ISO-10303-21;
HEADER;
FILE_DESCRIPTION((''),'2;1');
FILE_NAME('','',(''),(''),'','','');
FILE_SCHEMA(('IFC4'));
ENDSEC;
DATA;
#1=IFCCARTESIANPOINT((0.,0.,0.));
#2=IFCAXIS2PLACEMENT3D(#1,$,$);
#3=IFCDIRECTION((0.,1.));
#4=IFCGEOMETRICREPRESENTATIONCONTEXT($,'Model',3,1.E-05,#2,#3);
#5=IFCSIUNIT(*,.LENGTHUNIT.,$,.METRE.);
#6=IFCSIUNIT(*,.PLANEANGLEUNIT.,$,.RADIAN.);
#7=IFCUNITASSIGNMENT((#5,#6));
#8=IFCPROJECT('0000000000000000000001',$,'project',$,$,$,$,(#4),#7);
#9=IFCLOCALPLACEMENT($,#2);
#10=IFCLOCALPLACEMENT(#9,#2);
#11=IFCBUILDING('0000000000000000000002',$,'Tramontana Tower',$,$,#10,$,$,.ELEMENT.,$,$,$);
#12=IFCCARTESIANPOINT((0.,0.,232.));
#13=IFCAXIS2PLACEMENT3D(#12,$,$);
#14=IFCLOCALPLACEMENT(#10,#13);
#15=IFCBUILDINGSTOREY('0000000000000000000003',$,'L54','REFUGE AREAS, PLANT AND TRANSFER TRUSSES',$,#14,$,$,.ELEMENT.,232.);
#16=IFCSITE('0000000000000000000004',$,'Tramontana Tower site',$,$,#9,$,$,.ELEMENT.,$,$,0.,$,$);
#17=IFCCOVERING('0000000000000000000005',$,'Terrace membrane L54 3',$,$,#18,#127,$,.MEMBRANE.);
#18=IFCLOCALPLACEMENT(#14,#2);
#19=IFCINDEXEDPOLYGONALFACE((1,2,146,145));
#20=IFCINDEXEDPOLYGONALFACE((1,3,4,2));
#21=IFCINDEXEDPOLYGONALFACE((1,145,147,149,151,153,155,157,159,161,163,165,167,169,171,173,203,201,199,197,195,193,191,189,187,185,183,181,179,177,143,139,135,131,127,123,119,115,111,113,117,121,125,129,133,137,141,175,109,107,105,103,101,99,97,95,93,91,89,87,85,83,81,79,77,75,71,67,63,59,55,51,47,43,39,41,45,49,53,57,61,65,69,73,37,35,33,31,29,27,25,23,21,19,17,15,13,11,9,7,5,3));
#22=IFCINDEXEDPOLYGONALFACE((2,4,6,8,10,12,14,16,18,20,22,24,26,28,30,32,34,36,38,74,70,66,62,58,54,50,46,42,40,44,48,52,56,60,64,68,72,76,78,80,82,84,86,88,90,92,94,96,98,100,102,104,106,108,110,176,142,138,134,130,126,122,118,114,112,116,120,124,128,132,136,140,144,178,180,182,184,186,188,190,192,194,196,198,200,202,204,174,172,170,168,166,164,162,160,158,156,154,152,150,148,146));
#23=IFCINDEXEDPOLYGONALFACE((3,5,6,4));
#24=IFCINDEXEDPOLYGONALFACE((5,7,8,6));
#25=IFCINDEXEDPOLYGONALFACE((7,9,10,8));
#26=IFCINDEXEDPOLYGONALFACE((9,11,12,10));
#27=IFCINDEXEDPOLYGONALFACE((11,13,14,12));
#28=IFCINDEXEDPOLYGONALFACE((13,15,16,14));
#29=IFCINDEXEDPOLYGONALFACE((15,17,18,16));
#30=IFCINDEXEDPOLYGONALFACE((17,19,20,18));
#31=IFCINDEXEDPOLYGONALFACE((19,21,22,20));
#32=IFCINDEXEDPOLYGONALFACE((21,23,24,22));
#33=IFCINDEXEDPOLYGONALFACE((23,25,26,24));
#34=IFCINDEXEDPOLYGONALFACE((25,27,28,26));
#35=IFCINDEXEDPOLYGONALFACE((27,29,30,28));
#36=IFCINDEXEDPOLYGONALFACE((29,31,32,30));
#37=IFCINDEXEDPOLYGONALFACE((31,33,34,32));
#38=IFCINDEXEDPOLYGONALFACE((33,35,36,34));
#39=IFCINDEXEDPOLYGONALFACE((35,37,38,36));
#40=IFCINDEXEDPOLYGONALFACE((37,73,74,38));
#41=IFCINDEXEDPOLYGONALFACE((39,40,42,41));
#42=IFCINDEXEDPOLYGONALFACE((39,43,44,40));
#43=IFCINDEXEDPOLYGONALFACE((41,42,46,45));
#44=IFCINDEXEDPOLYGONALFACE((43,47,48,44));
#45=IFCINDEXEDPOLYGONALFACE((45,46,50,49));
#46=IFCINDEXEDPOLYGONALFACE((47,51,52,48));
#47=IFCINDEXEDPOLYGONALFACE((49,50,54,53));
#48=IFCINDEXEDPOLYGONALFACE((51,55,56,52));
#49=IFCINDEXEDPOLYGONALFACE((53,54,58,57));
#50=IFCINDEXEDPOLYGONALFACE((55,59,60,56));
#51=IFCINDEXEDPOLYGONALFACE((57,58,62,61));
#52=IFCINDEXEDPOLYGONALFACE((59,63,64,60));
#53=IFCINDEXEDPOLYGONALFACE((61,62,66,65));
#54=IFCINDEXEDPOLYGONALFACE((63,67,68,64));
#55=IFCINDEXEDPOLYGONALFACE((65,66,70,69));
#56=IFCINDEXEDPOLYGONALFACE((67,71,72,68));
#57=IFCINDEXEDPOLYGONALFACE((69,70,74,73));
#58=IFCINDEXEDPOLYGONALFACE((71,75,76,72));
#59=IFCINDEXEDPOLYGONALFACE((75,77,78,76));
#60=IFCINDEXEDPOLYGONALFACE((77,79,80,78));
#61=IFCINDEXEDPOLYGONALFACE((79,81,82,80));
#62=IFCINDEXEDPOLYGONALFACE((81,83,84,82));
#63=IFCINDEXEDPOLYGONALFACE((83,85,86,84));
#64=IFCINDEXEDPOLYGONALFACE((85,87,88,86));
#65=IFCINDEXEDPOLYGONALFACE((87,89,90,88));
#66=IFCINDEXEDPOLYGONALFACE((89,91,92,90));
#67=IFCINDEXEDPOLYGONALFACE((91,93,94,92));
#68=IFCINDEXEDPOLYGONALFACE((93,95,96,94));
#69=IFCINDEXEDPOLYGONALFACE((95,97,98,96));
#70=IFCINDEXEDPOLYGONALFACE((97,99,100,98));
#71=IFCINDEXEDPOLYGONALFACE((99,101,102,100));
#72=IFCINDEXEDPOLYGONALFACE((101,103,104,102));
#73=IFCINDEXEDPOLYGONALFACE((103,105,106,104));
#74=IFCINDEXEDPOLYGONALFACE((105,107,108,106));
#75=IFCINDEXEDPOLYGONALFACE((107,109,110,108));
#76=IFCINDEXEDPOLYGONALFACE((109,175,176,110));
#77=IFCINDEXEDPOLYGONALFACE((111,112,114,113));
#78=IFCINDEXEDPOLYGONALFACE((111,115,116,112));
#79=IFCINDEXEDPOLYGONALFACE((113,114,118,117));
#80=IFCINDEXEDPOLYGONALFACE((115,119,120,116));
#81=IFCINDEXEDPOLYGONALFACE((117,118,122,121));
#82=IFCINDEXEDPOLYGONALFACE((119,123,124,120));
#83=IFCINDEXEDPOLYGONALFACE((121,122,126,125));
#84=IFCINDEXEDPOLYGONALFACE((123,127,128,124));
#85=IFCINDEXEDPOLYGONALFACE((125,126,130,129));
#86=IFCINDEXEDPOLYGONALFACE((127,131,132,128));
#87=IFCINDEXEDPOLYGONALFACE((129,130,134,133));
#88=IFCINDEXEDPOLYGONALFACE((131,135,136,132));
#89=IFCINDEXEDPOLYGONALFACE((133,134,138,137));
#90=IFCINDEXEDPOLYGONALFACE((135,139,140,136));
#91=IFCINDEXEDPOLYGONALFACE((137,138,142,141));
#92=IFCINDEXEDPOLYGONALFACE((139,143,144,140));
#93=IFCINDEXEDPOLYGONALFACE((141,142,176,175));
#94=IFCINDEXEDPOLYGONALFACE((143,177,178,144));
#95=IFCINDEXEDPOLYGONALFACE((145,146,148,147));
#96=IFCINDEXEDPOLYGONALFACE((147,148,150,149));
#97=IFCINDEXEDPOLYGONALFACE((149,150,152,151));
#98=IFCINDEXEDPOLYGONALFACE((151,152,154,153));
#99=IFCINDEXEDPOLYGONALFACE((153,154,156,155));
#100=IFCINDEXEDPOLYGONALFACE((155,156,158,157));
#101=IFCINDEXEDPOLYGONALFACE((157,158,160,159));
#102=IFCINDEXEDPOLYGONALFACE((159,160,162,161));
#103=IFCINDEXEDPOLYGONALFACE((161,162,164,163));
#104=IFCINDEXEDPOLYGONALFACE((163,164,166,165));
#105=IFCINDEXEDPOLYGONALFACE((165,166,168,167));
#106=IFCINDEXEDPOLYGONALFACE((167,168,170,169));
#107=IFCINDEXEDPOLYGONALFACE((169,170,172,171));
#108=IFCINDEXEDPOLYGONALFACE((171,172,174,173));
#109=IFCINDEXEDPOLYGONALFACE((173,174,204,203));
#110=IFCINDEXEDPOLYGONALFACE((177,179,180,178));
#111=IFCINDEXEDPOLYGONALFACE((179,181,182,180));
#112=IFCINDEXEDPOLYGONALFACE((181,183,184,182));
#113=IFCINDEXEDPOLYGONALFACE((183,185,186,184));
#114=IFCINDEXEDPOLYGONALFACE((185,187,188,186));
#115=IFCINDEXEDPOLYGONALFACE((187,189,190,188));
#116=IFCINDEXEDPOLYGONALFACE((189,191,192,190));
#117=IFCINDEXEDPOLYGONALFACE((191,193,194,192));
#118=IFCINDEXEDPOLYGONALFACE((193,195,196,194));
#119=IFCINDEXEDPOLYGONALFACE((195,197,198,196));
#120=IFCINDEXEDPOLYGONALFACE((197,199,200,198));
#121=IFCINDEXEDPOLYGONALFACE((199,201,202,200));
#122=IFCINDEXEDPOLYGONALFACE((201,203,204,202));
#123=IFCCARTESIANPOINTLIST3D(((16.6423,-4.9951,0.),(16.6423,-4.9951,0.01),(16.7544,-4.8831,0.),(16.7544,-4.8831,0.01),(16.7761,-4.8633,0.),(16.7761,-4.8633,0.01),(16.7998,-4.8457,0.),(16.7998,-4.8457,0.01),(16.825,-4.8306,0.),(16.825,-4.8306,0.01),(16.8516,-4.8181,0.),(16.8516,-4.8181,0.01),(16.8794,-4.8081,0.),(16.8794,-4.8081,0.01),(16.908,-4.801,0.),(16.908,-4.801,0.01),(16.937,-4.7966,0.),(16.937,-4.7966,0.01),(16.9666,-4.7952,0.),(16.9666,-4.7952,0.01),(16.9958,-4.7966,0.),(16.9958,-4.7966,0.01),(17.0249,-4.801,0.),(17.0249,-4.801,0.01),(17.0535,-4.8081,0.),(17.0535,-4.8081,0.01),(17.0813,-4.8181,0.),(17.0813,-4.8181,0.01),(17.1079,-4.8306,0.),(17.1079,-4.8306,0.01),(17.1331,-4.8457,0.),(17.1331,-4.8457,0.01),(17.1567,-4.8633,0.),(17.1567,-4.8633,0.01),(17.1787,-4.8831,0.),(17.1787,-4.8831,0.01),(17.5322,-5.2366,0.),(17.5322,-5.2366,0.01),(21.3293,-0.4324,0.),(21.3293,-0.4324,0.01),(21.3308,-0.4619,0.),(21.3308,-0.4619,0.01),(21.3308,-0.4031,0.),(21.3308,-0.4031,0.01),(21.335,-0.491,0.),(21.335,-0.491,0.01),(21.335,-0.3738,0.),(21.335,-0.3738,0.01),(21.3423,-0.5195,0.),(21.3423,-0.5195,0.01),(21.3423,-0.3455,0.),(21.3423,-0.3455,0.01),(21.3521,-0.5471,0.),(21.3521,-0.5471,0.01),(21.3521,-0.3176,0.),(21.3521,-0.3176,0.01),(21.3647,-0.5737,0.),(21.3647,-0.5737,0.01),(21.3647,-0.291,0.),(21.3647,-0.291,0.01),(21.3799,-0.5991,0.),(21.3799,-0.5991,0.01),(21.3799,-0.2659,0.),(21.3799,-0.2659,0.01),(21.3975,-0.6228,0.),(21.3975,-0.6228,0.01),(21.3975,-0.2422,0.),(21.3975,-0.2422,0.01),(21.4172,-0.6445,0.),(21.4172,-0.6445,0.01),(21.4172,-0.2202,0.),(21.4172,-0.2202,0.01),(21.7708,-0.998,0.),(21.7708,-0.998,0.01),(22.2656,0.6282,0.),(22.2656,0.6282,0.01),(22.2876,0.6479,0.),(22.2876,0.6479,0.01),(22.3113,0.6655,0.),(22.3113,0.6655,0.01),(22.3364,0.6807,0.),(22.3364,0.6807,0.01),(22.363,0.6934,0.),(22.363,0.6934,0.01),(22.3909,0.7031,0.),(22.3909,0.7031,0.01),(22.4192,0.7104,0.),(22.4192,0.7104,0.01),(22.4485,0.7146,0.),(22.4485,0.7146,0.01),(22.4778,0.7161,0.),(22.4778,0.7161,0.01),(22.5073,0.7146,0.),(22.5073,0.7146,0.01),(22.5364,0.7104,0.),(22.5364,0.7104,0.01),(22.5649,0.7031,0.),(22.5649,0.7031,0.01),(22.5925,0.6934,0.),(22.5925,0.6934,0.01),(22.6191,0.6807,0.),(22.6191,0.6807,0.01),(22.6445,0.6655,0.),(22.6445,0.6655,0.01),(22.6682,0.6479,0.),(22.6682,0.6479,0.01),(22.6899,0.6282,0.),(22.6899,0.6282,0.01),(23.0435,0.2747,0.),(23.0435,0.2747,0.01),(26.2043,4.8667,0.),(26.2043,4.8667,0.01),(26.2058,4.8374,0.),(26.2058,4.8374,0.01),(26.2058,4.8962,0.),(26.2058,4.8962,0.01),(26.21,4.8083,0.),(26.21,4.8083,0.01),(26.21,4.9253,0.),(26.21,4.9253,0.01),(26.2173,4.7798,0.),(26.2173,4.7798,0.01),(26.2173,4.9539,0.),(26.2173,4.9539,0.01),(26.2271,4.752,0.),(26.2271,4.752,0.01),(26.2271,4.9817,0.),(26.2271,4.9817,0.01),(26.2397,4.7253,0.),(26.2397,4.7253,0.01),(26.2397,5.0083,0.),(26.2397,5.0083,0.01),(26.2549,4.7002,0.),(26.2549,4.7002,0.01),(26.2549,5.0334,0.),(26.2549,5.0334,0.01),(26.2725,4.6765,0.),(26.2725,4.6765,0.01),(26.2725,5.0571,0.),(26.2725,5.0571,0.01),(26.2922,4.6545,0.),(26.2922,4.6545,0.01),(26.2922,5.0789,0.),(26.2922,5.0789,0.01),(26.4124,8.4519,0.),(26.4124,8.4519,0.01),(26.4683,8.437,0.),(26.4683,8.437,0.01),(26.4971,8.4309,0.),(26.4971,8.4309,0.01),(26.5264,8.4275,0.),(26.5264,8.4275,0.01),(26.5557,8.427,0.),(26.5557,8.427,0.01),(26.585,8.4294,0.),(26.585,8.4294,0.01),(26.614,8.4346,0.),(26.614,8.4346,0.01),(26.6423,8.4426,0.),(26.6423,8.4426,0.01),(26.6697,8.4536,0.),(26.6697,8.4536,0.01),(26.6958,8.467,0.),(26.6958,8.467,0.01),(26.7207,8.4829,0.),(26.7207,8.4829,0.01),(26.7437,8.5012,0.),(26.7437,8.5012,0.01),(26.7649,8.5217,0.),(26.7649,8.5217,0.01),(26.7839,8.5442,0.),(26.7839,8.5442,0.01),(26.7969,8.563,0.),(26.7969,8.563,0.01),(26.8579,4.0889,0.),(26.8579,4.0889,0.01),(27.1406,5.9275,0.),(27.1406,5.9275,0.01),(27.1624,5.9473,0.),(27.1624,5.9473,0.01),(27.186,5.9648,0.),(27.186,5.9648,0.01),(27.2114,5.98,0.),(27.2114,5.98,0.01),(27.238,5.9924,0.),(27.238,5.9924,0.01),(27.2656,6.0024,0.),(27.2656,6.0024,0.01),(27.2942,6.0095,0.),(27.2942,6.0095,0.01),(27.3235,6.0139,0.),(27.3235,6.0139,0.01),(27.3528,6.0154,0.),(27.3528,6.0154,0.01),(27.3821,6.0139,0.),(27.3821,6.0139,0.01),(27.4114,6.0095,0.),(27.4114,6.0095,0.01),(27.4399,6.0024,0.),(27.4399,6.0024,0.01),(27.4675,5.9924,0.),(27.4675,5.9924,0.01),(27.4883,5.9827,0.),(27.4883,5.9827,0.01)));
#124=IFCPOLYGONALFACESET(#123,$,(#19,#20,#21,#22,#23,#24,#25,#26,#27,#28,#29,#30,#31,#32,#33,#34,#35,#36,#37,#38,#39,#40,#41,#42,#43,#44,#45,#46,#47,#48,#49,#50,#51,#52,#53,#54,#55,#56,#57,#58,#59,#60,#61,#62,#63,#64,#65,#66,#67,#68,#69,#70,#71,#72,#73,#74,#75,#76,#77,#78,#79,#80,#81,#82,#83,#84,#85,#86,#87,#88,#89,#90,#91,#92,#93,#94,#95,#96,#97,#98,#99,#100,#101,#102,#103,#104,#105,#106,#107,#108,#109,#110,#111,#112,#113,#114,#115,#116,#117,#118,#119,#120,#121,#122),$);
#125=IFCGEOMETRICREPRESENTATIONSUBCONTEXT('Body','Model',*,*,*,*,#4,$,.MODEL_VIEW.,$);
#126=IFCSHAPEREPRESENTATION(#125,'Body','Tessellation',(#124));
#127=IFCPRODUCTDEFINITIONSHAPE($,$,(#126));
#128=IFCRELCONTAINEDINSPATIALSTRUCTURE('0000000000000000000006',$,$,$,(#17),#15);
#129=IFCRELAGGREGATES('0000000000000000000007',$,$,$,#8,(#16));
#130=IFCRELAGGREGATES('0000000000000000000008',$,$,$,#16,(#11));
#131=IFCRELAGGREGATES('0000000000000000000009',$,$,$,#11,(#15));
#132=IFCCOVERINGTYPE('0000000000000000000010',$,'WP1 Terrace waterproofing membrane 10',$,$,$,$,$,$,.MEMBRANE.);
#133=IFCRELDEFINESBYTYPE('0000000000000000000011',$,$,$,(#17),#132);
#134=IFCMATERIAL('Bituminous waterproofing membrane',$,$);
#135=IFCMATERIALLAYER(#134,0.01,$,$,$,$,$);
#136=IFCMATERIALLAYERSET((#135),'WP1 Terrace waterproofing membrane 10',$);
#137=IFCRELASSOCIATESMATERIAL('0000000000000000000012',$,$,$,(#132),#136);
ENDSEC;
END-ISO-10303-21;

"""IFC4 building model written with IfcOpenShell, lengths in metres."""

from ifc_helpers import new_model, si_unit, direction, frame, origin, place, context, subcontext, project, spatial, polyline, outline, extrude, material, layer, layer_set, type_object, element, save


model = new_model("IFC4")

# Units and contexts
model_context = context("Model", 3, precision=1e-05, world=origin(), true_north=direction((0.0, 1.0)))
body_context = subcontext(model_context, "Body", "Model", "MODEL_VIEW")
ifc_project = project(units=[si_unit("LENGTHUNIT", "METRE"), si_unit("PLANEANGLEUNIT", "RADIAN")], contexts=[model_context])

# Site, building, storey
site_placement = place(None, origin())
site = spatial("IfcSite", under=ifc_project, at=site_placement, Name="Tramontana Tower site", CompositionType="ELEMENT", RefElevation=0.0)
building_placement = place(site_placement, origin())
building = spatial("IfcBuilding", under=site, at=building_placement, Name="Tramontana Tower", CompositionType="ELEMENT")
storey_placement = place(building_placement, frame((0.0, 0.0, 232.0)))
storey = spatial("IfcBuildingStorey", under=building, at=storey_placement, Name="L54", Description="REFUGE AREAS, PLANT AND TRANSFER TRUSSES", CompositionType="ELEMENT", Elevation=232.0)

# Covering
ifc_material_1 = material(Name="Bituminous waterproofing membrane")
ifc_layer_1 = layer(ifc_material_1, 0.01)
ifc_layer_set_1 = layer_set([ifc_layer_1], Name="WP1 Terrace waterproofing membrane 10")
covering_type_1 = type_object("IfcCoveringType", Name="WP1 Terrace waterproofing membrane 10", PredefinedType="MEMBRANE", material=ifc_layer_set_1)
covering_1_placement = place(storey_placement, origin())
element("IfcCovering", 1, at=covering_1_placement, inside=storey, type_object=covering_type_1, Name="Terrace membrane L54 3", PredefinedType="MEMBRANE", context=body_context, shape_type="SweptSolid", body=[
    extrude(outline(polyline([(27.4883, 5.9827), (27.4675, 5.9924), (27.4399, 6.0024), (27.4114, 6.0095), (27.3821, 6.0139), (27.3528, 6.0154), (27.3235, 6.0139), (27.2942, 6.0095), (27.2656, 6.0024), (27.238, 5.9924), (27.2114, 5.98), (27.186, 5.9648), (27.1624, 5.9473), (27.1406, 5.9275), (26.2922, 5.0789), (26.2725, 5.0571), (26.2549, 5.0334), (26.2397, 5.0083), (26.2271, 4.9817), (26.2173, 4.9539), (26.21, 4.9253), (26.2058, 4.8962), (26.2043, 4.8667), (26.2058, 4.8374), (26.21, 4.8083), (26.2173, 4.7798), (26.2271, 4.752), (26.2397, 4.7253), (26.2549, 4.7002), (26.2725, 4.6765), (26.2922, 4.6545), (26.8579, 4.0889), (23.0435, 0.2747), (22.6899, 0.6282), (22.6682, 0.6479), (22.6445, 0.6655), (22.6191, 0.6807), (22.5925, 0.6934), (22.5649, 0.7031), (22.5364, 0.7104), (22.5073, 0.7146), (22.4778, 0.7161), (22.4485, 0.7146), (22.4192, 0.7104), (22.3909, 0.7031), (22.363, 0.6934), (22.3364, 0.6807), (22.3113, 0.6655), (22.2876, 0.6479), (22.2656, 0.6282), (21.4172, -0.2202), (21.3975, -0.2422), (21.3799, -0.2659), (21.3647, -0.291), (21.3521, -0.3176), (21.3423, -0.3455), (21.335, -0.3738), (21.3308, -0.4031), (21.3293, -0.4324), (21.3308, -0.4619), (21.335, -0.491), (21.3423, -0.5195), (21.3521, -0.5471), (21.3647, -0.5737), (21.3799, -0.5991), (21.3975, -0.6228), (21.4172, -0.6445), (21.7708, -0.998), (17.5322, -5.2366), (17.1787, -4.8831), (17.1567, -4.8633), (17.1331, -4.8457), (17.1079, -4.8306), (17.0813, -4.8181), (17.0535, -4.8081), (17.0249, -4.801), (16.9958, -4.7966), (16.9666, -4.7952), (16.937, -4.7966), (16.908, -4.801), (16.8794, -4.8081), (16.8516, -4.8181), (16.825, -4.8306), (16.7998, -4.8457), (16.7761, -4.8633), (16.7544, -4.8831), (16.6423, -4.9951), (26.4124, 8.4519), (26.4683, 8.437), (26.4971, 8.4309), (26.5264, 8.4275), (26.5557, 8.427), (26.585, 8.4294), (26.614, 8.4346), (26.6423, 8.4426), (26.6697, 8.4536), (26.6958, 8.467), (26.7207, 8.4829), (26.7437, 8.5012), (26.7649, 8.5217), (26.7839, 8.5442), (26.7969, 8.563), (27.4883, 5.9827)])), origin(), (0.0, 0.0, 1.0), 0.01),
])

save(model, "model.ifc")
